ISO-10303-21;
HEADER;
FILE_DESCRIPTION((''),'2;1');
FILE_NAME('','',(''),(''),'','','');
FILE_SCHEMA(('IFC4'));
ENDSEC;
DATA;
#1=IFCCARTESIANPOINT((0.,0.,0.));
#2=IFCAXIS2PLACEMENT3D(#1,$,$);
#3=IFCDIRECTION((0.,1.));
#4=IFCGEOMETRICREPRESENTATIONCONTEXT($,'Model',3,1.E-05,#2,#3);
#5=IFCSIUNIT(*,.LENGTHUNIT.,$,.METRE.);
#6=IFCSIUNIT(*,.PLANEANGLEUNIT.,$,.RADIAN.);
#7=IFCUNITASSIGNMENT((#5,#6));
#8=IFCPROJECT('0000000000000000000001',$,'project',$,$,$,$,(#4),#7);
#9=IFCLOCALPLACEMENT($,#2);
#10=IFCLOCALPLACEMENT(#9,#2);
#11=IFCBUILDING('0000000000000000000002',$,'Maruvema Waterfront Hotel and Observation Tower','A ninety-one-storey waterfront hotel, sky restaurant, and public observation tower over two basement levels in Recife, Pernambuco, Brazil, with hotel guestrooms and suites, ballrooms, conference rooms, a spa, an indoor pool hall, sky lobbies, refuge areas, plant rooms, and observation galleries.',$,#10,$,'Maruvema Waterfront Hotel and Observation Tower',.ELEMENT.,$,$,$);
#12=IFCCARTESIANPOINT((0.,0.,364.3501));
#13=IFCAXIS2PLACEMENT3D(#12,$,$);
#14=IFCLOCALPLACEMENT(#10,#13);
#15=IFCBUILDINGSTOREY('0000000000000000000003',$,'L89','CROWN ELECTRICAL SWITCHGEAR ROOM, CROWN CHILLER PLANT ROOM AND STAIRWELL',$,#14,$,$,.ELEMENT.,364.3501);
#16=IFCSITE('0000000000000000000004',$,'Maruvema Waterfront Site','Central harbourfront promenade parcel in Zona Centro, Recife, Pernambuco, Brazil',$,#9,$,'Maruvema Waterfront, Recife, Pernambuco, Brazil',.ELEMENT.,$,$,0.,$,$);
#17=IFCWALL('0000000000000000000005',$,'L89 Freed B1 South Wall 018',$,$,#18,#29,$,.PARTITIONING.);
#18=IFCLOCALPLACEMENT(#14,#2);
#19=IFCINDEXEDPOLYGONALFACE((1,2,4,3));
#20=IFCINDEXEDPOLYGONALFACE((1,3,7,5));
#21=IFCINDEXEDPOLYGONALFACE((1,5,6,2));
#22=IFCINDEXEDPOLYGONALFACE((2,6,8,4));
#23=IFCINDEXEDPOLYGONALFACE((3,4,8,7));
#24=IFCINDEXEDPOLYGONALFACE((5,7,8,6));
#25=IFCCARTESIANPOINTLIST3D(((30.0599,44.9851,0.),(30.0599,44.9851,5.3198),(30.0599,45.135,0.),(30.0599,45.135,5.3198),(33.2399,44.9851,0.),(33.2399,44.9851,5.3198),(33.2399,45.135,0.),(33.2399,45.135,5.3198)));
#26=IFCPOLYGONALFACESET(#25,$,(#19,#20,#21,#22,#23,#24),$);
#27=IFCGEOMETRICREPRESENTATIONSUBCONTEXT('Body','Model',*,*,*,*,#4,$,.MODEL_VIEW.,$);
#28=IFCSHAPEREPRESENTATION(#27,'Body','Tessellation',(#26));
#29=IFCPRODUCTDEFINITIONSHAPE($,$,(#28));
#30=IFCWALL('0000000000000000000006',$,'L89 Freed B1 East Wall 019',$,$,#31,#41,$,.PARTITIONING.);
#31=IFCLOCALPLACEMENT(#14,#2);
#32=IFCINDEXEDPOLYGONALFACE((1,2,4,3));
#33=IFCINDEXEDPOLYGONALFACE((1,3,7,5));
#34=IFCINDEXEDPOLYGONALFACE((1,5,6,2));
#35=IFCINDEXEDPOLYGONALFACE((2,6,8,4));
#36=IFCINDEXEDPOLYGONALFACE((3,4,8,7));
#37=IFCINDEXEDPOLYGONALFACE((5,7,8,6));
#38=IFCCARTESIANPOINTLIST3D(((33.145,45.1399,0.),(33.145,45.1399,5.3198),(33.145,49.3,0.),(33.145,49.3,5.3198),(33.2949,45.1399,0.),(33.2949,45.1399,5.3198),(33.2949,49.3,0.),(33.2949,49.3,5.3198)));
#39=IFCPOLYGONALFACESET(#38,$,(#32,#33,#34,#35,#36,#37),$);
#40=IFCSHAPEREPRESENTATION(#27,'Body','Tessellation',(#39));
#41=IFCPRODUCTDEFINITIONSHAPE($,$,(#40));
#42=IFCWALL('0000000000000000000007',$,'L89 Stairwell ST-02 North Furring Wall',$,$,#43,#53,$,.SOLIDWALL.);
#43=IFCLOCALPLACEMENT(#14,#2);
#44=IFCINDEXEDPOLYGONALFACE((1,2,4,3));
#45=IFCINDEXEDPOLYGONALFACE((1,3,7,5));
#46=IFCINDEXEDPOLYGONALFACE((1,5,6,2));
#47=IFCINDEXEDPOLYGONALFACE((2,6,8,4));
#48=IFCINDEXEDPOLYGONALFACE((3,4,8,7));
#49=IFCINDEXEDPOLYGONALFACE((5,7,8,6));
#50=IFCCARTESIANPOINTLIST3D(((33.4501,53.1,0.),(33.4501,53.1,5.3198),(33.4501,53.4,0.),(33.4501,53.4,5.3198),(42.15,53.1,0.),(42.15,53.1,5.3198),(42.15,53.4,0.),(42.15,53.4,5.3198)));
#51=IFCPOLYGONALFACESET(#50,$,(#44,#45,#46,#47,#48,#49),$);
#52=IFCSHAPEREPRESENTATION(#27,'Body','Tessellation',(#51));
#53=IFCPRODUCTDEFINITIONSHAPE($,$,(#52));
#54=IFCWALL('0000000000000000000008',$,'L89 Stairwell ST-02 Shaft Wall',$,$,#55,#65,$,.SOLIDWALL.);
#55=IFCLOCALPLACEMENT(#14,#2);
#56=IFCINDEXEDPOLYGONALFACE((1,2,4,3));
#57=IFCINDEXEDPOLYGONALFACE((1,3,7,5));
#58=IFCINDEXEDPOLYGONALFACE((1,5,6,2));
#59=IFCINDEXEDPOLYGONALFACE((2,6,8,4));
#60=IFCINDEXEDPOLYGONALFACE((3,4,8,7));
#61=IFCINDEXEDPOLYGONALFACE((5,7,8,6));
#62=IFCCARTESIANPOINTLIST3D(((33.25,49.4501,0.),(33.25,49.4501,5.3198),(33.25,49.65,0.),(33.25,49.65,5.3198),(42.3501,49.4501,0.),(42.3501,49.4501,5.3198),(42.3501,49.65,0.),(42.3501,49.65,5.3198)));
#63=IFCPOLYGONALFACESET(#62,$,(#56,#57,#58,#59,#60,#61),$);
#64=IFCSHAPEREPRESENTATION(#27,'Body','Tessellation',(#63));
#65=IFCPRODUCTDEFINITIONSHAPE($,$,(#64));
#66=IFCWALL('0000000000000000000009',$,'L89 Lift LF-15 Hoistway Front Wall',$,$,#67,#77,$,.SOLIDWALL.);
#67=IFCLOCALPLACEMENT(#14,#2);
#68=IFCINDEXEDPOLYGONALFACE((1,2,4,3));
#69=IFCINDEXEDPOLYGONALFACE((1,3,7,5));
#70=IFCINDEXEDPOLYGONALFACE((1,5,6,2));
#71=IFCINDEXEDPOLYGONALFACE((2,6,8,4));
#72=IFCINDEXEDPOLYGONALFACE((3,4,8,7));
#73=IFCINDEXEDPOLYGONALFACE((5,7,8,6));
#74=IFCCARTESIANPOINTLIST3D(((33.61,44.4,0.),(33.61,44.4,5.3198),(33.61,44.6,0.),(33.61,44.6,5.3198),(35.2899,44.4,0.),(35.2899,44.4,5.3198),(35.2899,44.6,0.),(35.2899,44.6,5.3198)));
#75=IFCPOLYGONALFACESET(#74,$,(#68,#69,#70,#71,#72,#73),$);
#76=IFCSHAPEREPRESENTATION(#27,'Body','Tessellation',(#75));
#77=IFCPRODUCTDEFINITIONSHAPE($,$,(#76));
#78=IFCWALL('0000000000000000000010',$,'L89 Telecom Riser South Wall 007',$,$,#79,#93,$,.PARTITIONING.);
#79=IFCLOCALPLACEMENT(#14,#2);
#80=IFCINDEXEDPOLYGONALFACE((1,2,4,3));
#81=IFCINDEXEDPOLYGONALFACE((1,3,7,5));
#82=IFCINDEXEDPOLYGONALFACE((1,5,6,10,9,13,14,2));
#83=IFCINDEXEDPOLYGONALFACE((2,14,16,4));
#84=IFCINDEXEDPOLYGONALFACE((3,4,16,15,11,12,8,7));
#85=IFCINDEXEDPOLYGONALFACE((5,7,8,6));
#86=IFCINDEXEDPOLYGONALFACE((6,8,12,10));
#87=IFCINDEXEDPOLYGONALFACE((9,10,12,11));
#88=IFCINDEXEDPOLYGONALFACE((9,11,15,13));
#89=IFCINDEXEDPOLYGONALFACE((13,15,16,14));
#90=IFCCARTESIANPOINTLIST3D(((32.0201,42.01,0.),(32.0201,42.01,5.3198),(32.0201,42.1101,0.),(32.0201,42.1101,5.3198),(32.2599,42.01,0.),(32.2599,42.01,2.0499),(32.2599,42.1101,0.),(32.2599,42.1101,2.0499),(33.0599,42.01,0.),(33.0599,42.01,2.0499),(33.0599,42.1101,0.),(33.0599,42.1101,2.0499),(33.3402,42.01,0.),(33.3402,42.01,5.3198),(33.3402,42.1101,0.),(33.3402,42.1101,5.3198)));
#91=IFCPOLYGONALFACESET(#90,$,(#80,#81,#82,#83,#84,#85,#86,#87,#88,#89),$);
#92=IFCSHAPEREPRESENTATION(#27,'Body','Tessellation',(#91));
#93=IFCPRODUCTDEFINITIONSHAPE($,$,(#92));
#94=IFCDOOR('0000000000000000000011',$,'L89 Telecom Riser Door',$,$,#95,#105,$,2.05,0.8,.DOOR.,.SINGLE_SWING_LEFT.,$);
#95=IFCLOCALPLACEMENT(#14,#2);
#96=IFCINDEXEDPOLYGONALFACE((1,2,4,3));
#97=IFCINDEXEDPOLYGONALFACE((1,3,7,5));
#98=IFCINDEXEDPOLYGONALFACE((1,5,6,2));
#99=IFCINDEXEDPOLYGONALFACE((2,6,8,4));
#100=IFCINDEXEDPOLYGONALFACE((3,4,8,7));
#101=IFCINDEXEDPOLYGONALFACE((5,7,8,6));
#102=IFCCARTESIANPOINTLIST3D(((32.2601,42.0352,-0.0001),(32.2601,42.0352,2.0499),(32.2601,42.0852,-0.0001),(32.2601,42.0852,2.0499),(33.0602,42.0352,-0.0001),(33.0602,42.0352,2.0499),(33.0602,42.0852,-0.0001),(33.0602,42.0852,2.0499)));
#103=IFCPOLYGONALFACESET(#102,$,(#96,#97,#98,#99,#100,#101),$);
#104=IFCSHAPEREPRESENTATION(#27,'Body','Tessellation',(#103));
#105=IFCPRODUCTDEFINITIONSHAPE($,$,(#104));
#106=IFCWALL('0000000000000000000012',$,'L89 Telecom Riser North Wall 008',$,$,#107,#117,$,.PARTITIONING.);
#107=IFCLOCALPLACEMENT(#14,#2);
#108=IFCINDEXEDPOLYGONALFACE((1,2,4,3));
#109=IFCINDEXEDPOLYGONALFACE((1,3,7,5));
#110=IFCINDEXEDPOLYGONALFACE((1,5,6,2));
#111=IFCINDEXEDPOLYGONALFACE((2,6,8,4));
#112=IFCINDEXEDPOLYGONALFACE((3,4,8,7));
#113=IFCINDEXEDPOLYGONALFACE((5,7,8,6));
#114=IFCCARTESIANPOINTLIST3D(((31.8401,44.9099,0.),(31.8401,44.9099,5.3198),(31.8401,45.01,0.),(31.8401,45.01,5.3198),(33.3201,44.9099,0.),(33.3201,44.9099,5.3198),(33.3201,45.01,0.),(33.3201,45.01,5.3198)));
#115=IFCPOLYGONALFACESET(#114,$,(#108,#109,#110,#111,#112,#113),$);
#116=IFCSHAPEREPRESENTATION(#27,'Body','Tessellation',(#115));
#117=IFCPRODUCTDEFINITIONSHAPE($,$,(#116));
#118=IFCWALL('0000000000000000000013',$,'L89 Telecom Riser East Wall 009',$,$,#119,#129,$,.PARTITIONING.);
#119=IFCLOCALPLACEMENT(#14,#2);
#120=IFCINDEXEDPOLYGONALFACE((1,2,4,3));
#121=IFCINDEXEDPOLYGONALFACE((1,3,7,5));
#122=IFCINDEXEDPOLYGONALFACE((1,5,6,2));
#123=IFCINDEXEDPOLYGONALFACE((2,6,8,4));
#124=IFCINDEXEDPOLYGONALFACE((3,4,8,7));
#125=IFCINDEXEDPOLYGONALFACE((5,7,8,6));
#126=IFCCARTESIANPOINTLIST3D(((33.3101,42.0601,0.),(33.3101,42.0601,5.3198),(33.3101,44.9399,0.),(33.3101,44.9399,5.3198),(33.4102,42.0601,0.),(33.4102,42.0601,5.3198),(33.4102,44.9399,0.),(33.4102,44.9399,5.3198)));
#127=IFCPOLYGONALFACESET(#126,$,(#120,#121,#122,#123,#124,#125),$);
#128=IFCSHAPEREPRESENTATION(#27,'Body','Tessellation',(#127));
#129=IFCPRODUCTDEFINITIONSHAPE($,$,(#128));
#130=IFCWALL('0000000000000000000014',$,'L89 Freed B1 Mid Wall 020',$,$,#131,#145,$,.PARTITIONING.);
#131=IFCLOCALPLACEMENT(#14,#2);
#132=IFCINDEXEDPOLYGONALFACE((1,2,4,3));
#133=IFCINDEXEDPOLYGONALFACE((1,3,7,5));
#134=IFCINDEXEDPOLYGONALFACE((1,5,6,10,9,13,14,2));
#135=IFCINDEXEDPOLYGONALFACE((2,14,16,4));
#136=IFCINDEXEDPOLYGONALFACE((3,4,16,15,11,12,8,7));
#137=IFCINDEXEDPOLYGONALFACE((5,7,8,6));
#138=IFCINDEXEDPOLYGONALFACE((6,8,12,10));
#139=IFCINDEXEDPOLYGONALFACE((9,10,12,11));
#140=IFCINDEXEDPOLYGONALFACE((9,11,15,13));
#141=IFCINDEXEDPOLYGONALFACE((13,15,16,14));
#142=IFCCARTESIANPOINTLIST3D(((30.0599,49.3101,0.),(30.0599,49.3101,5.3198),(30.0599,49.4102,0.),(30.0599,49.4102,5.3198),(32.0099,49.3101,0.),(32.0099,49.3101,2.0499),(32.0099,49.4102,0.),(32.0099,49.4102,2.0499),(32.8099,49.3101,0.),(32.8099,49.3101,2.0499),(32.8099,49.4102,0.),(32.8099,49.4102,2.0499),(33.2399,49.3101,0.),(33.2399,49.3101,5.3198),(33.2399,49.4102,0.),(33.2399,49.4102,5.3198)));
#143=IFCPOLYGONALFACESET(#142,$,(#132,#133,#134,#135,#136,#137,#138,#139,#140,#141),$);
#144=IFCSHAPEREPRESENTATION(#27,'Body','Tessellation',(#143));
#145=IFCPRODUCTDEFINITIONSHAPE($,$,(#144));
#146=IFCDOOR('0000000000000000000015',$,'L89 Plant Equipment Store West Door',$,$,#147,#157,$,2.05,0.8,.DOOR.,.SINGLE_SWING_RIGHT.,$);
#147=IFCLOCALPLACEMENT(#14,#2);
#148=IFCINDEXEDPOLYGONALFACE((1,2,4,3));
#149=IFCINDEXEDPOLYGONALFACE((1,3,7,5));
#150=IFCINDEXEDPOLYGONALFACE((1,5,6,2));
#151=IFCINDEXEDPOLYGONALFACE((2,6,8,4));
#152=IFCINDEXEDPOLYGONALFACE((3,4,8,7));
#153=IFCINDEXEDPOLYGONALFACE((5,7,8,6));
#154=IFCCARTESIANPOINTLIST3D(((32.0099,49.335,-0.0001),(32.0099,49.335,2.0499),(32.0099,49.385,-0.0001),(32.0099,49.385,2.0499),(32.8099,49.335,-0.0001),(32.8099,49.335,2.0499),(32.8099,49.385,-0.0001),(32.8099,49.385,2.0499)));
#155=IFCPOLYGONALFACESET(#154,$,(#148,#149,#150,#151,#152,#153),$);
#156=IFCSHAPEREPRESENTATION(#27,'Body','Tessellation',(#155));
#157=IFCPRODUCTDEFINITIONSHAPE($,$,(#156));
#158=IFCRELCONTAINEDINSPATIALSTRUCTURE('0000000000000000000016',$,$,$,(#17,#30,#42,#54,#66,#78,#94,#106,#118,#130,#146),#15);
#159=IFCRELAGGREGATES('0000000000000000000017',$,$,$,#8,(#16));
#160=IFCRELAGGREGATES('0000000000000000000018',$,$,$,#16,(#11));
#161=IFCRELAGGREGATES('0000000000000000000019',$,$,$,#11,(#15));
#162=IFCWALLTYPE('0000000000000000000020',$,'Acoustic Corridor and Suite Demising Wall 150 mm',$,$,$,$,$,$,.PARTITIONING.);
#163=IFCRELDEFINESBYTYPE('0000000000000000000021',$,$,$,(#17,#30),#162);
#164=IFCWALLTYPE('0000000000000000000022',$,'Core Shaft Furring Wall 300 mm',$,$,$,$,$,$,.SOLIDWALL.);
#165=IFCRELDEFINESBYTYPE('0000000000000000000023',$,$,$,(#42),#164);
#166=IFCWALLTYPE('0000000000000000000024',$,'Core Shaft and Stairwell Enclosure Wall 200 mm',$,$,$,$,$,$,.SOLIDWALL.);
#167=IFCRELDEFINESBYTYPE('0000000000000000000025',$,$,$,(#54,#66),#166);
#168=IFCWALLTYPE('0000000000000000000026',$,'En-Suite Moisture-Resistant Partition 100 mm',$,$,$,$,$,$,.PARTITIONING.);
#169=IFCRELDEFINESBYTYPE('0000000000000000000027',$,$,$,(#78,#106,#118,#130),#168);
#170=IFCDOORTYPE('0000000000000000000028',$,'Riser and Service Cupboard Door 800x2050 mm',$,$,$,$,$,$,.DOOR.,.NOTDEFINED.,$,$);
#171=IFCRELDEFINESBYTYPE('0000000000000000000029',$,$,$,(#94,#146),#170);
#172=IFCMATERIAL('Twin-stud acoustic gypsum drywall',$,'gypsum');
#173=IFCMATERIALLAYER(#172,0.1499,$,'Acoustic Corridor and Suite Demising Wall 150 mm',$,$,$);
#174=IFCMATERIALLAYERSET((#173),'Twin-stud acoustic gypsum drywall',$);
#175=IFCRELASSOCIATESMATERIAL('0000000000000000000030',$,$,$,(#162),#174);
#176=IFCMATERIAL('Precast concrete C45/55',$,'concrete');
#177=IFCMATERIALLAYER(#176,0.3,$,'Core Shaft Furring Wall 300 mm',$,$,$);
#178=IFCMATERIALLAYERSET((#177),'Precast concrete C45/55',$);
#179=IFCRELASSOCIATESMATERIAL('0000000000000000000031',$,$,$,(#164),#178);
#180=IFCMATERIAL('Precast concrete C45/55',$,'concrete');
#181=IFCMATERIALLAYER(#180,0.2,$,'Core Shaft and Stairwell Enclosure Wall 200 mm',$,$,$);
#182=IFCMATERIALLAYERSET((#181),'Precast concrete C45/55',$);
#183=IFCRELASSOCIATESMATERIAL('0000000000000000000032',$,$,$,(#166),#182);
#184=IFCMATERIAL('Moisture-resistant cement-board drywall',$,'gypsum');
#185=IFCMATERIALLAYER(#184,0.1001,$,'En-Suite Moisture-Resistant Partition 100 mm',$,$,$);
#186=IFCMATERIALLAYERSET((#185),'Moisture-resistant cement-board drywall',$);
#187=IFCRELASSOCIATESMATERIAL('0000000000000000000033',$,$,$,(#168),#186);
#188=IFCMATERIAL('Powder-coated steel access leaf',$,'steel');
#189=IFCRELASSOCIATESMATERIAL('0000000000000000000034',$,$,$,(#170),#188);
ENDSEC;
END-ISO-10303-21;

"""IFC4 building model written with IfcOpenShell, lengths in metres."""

from ifc_helpers import new_model, si_unit, direction, frame, frame_2d, origin, place, context, subcontext, project, spatial, rectangle, extrude, material, layer, layer_set, type_object, element, fill, save


model = new_model("IFC4")

# Units and contexts
model_context = context("Model", 3, precision=1e-05, world=origin(), true_north=direction((0.0, 1.0)))
body_context = subcontext(model_context, "Body", "Model", "MODEL_VIEW")
ifc_project = project(units=[si_unit("LENGTHUNIT", "METRE"), si_unit("PLANEANGLEUNIT", "RADIAN")], contexts=[model_context])

# Site, building, storey
site_placement = place(None, origin())
site = spatial("IfcSite", under=ifc_project, at=site_placement, Name="Maruvema Waterfront Site", Description="Central harbourfront promenade parcel in Zona Centro, Recife, Pernambuco, Brazil", LongName="Maruvema Waterfront, Recife, Pernambuco, Brazil", CompositionType="ELEMENT", RefElevation=0.0)
building_placement = place(site_placement, origin())
building = spatial("IfcBuilding", under=site, at=building_placement, Name="Maruvema Waterfront Hotel and Observation Tower", Description="A ninety-one-storey waterfront hotel, sky restaurant, and public observation tower over two basement levels in Recife, Pernambuco, Brazil, with hotel guestrooms and suites, ballrooms, conference rooms, a spa, an indoor pool hall, sky lobbies, refuge areas, plant rooms, and observation galleries.", LongName="Maruvema Waterfront Hotel and Observation Tower", CompositionType="ELEMENT")
storey_placement = place(building_placement, frame((0.0, 0.0, 364.3501)))
storey = spatial("IfcBuildingStorey", under=building, at=storey_placement, Name="L89", Description="CROWN ELECTRICAL SWITCHGEAR ROOM, CROWN CHILLER PLANT ROOM AND STAIRWELL", CompositionType="ELEMENT", Elevation=364.3501)

# Walls
ifc_material_1 = material(Name="Twin-stud acoustic gypsum drywall", Category="gypsum")
ifc_layer_1 = layer(ifc_material_1, 0.1499, Name="Acoustic Corridor and Suite Demising Wall 150 mm")
ifc_layer_set_1 = layer_set([ifc_layer_1], Name="Twin-stud acoustic gypsum drywall")
wall_type_1 = type_object("IfcWallType", Name="Acoustic Corridor and Suite Demising Wall 150 mm", PredefinedType="PARTITIONING", material=ifc_layer_set_1)
wall_1_placement = place(storey_placement, frame((30.0601, 45.0601, 0.0), z_axis=(0.0, 0.0, 1.0), x_axis=(1.0, 0.0, 0.0)))
element("IfcWall", 1, at=wall_1_placement, inside=storey, type_object=wall_type_1, Name="L89 Freed B1 South Wall 018", PredefinedType="PARTITIONING", context=body_context, shape_type="SweptSolid", body=[
    extrude(rectangle(XDim=3.1799, YDim=0.1499, at=frame_2d((1.5898, 0.0))), origin(), (0.0, 0.0, 1.0), 5.3198),
])
wall_2_placement = place(storey_placement, frame((33.22, 45.1399, 0.0), z_axis=(0.0, 0.0, 1.0), x_axis=(0.0, 1.0, 0.0)))
element("IfcWall", 2, at=wall_2_placement, inside=storey, type_object=wall_type_1, Name="L89 Freed B1 East Wall 019", PredefinedType="PARTITIONING", context=body_context, shape_type="SweptSolid", body=[
    extrude(rectangle(XDim=4.1602, YDim=0.1499, at=frame_2d((2.0801, 0.0))), origin(), (0.0, 0.0, 1.0), 5.3198),
])
ifc_material_2 = material(Name="Precast concrete C45/55", Category="concrete")
ifc_layer_2 = layer(ifc_material_2, 0.3, Name="Core Shaft Furring Wall 300 mm")
ifc_layer_set_2 = layer_set([ifc_layer_2], Name="Precast concrete C45/55")
wall_type_2 = type_object("IfcWallType", Name="Core Shaft Furring Wall 300 mm", PredefinedType="SOLIDWALL", material=ifc_layer_set_2)
wall_3_placement = place(storey_placement, frame((33.45, 53.25, 0.0), z_axis=(0.0, 0.0, 1.0), x_axis=(1.0, 0.0, 0.0)))
element("IfcWall", 3, at=wall_3_placement, inside=storey, type_object=wall_type_2, Name="L89 Stairwell ST-02 North Furring Wall", PredefinedType="SOLIDWALL", context=body_context, shape_type="SweptSolid", body=[
    extrude(rectangle(XDim=8.7, YDim=0.3, at=frame_2d((4.3501, 0.0))), origin(), (0.0, 0.0, 1.0), 5.3198),
])
ifc_material_3 = material(Name="Precast concrete C45/55", Category="concrete")
ifc_layer_3 = layer(ifc_material_3, 0.2, Name="Core Shaft and Stairwell Enclosure Wall 200 mm")
ifc_layer_set_3 = layer_set([ifc_layer_3], Name="Precast concrete C45/55")
wall_type_3 = type_object("IfcWallType", Name="Core Shaft and Stairwell Enclosure Wall 200 mm", PredefinedType="SOLIDWALL", material=ifc_layer_set_3)
wall_4_placement = place(storey_placement, frame((33.25, 49.55, 0.0), z_axis=(0.0, 0.0, 1.0), x_axis=(1.0, 0.0, 0.0)))
element("IfcWall", 4, at=wall_4_placement, inside=storey, type_object=wall_type_3, Name="L89 Stairwell ST-02 Shaft Wall", PredefinedType="SOLIDWALL", context=body_context, shape_type="SweptSolid", body=[
    extrude(rectangle(XDim=9.1001, YDim=0.2, at=frame_2d((4.55, 0.0))), origin(), (0.0, 0.0, 1.0), 5.3198),
])

# Wall
wall_5_placement = place(storey_placement, frame((33.6101, 44.5, 0.0), z_axis=(0.0, 0.0, 1.0), x_axis=(1.0, 0.0, 0.0)))
element("IfcWall", 5, at=wall_5_placement, inside=storey, type_object=wall_type_3, Name="L89 Lift LF-15 Hoistway Front Wall", PredefinedType="SOLIDWALL", context=body_context, shape_type="SweptSolid", body=[
    extrude(rectangle(XDim=1.6799, YDim=0.2, at=frame_2d((0.8398, 0.0))), origin(), (0.0, 0.0, 1.0), 5.3198),
])

# Wall, opening, door
ifc_material_4 = material(Name="Moisture-resistant cement-board drywall", Category="gypsum")
ifc_layer_4 = layer(ifc_material_4, 0.1001, Name="En-Suite Moisture-Resistant Partition 100 mm")
ifc_layer_set_4 = layer_set([ifc_layer_4], Name="Moisture-resistant cement-board drywall")
wall_type_4 = type_object("IfcWallType", Name="En-Suite Moisture-Resistant Partition 100 mm", PredefinedType="PARTITIONING", material=ifc_layer_set_4)
wall_6_placement = place(storey_placement, frame((32.02, 42.0601, 0.0), z_axis=(0.0, 0.0, 1.0), x_axis=(1.0, 0.0, 0.0)))
wall_6 = element("IfcWall", 6, at=wall_6_placement, inside=storey, type_object=wall_type_4, Name="L89 Telecom Riser South Wall 007", PredefinedType="PARTITIONING", context=body_context, shape_type="SweptSolid", body=[
    extrude(rectangle(XDim=1.3201, YDim=0.1001, at=frame_2d((0.6602, 0.0))), origin(), (0.0, 0.0, 1.0), 5.3198),
])
opening_1_placement = place(wall_6_placement, frame((0.24, 0.0, 0.0)))
opening_1 = element("IfcOpeningElement", 7, at=opening_1_placement, cuts=wall_6, PredefinedType="OPENING", context=body_context, shape_type="SweptSolid", body=[
    extrude(rectangle(XDim=0.8, YDim=2.05, at=frame_2d((0.3999, 1.0249))), frame((0.0, 0.0601, 0.0), z_axis=(0.0, -1.0, 0.0), x_axis=(1.0, 0.0, 0.0)), (0.0, 0.0, 1.0), 0.1201),
])
ifc_material_5 = material(Name="Powder-coated steel access leaf", Category="steel")
door_type_1 = type_object("IfcDoorType", Name="Riser and Service Cupboard Door 800x2050 mm", OperationType="NOTDEFINED", PredefinedType="DOOR", material=ifc_material_5)
door_1_placement = place(opening_1_placement, frame((0.8, 0.0, 0.0), z_axis=(0.0, 0.0, 1.0), x_axis=(-1.0, 0.0, 0.0)))
door_1 = element("IfcDoor", 8, at=door_1_placement, inside=storey, type_object=door_type_1, Name="L89 Telecom Riser Door", OperationType="SINGLE_SWING_LEFT", OverallHeight=2.05, OverallWidth=0.8, PredefinedType="DOOR", context=body_context, shape_type="SweptSolid", body=[
    extrude(rectangle(XDim=0.8, YDim=2.05, at=frame_2d((0.3999, 1.0249))), frame((0.0, 0.0249, 0.0), z_axis=(0.0, -1.0, 0.0), x_axis=(1.0, 0.0, 0.0)), (0.0, 0.0, 1.0), 0.05),
])
fill(opening_1, door_1)

# Walls
wall_7_placement = place(storey_placement, frame((31.8401, 44.96, 0.0), z_axis=(0.0, 0.0, 1.0), x_axis=(1.0, 0.0, 0.0)))
element("IfcWall", 9, at=wall_7_placement, inside=storey, type_object=wall_type_4, Name="L89 Telecom Riser North Wall 008", PredefinedType="PARTITIONING", context=body_context, shape_type="SweptSolid", body=[
    extrude(rectangle(XDim=1.48, YDim=0.1001, at=frame_2d((0.74, 0.0))), origin(), (0.0, 0.0, 1.0), 5.3198),
])
wall_8_placement = place(storey_placement, frame((33.3601, 42.0601, 0.0), z_axis=(0.0, 0.0, 1.0), x_axis=(0.0, 1.0, 0.0)))
element("IfcWall", 10, at=wall_8_placement, inside=storey, type_object=wall_type_4, Name="L89 Telecom Riser East Wall 009", PredefinedType="PARTITIONING", context=body_context, shape_type="SweptSolid", body=[
    extrude(rectangle(XDim=2.8799, YDim=0.1001, at=frame_2d((1.4399, 0.0))), origin(), (0.0, 0.0, 1.0), 5.3198),
])

# Wall, opening, door
wall_9_placement = place(storey_placement, frame((30.0601, 49.3601, 0.0), z_axis=(0.0, 0.0, 1.0), x_axis=(1.0, 0.0, 0.0)))
wall_9 = element("IfcWall", 11, at=wall_9_placement, inside=storey, type_object=wall_type_4, Name="L89 Freed B1 Mid Wall 020", PredefinedType="PARTITIONING", context=body_context, shape_type="SweptSolid", body=[
    extrude(rectangle(XDim=3.1799, YDim=0.1001, at=frame_2d((1.5898, 0.0))), origin(), (0.0, 0.0, 1.0), 5.3198),
])
opening_2_placement = place(wall_9_placement, frame((1.95, 0.0, 0.0)))
opening_2 = element("IfcOpeningElement", 12, at=opening_2_placement, cuts=wall_9, PredefinedType="OPENING", context=body_context, shape_type="SweptSolid", body=[
    extrude(rectangle(XDim=0.8, YDim=2.05, at=frame_2d((0.3999, 1.0249))), frame((0.0, 0.0601, 0.0), z_axis=(0.0, -1.0, 0.0), x_axis=(1.0, 0.0, 0.0)), (0.0, 0.0, 1.0), 0.1201),
])
door_2_placement = place(opening_2_placement, origin())
door_2 = element("IfcDoor", 13, at=door_2_placement, inside=storey, type_object=door_type_1, Name="L89 Plant Equipment Store West Door", OperationType="SINGLE_SWING_RIGHT", OverallHeight=2.05, OverallWidth=0.8, PredefinedType="DOOR", context=body_context, shape_type="SweptSolid", body=[
    extrude(rectangle(XDim=0.8, YDim=2.05, at=frame_2d((0.3999, 1.0249))), frame((0.0, 0.0249, 0.0), z_axis=(0.0, -1.0, 0.0), x_axis=(1.0, 0.0, 0.0)), (0.0, 0.0, 1.0), 0.05),
])
fill(opening_2, door_2)

save(model, "model.ifc")
